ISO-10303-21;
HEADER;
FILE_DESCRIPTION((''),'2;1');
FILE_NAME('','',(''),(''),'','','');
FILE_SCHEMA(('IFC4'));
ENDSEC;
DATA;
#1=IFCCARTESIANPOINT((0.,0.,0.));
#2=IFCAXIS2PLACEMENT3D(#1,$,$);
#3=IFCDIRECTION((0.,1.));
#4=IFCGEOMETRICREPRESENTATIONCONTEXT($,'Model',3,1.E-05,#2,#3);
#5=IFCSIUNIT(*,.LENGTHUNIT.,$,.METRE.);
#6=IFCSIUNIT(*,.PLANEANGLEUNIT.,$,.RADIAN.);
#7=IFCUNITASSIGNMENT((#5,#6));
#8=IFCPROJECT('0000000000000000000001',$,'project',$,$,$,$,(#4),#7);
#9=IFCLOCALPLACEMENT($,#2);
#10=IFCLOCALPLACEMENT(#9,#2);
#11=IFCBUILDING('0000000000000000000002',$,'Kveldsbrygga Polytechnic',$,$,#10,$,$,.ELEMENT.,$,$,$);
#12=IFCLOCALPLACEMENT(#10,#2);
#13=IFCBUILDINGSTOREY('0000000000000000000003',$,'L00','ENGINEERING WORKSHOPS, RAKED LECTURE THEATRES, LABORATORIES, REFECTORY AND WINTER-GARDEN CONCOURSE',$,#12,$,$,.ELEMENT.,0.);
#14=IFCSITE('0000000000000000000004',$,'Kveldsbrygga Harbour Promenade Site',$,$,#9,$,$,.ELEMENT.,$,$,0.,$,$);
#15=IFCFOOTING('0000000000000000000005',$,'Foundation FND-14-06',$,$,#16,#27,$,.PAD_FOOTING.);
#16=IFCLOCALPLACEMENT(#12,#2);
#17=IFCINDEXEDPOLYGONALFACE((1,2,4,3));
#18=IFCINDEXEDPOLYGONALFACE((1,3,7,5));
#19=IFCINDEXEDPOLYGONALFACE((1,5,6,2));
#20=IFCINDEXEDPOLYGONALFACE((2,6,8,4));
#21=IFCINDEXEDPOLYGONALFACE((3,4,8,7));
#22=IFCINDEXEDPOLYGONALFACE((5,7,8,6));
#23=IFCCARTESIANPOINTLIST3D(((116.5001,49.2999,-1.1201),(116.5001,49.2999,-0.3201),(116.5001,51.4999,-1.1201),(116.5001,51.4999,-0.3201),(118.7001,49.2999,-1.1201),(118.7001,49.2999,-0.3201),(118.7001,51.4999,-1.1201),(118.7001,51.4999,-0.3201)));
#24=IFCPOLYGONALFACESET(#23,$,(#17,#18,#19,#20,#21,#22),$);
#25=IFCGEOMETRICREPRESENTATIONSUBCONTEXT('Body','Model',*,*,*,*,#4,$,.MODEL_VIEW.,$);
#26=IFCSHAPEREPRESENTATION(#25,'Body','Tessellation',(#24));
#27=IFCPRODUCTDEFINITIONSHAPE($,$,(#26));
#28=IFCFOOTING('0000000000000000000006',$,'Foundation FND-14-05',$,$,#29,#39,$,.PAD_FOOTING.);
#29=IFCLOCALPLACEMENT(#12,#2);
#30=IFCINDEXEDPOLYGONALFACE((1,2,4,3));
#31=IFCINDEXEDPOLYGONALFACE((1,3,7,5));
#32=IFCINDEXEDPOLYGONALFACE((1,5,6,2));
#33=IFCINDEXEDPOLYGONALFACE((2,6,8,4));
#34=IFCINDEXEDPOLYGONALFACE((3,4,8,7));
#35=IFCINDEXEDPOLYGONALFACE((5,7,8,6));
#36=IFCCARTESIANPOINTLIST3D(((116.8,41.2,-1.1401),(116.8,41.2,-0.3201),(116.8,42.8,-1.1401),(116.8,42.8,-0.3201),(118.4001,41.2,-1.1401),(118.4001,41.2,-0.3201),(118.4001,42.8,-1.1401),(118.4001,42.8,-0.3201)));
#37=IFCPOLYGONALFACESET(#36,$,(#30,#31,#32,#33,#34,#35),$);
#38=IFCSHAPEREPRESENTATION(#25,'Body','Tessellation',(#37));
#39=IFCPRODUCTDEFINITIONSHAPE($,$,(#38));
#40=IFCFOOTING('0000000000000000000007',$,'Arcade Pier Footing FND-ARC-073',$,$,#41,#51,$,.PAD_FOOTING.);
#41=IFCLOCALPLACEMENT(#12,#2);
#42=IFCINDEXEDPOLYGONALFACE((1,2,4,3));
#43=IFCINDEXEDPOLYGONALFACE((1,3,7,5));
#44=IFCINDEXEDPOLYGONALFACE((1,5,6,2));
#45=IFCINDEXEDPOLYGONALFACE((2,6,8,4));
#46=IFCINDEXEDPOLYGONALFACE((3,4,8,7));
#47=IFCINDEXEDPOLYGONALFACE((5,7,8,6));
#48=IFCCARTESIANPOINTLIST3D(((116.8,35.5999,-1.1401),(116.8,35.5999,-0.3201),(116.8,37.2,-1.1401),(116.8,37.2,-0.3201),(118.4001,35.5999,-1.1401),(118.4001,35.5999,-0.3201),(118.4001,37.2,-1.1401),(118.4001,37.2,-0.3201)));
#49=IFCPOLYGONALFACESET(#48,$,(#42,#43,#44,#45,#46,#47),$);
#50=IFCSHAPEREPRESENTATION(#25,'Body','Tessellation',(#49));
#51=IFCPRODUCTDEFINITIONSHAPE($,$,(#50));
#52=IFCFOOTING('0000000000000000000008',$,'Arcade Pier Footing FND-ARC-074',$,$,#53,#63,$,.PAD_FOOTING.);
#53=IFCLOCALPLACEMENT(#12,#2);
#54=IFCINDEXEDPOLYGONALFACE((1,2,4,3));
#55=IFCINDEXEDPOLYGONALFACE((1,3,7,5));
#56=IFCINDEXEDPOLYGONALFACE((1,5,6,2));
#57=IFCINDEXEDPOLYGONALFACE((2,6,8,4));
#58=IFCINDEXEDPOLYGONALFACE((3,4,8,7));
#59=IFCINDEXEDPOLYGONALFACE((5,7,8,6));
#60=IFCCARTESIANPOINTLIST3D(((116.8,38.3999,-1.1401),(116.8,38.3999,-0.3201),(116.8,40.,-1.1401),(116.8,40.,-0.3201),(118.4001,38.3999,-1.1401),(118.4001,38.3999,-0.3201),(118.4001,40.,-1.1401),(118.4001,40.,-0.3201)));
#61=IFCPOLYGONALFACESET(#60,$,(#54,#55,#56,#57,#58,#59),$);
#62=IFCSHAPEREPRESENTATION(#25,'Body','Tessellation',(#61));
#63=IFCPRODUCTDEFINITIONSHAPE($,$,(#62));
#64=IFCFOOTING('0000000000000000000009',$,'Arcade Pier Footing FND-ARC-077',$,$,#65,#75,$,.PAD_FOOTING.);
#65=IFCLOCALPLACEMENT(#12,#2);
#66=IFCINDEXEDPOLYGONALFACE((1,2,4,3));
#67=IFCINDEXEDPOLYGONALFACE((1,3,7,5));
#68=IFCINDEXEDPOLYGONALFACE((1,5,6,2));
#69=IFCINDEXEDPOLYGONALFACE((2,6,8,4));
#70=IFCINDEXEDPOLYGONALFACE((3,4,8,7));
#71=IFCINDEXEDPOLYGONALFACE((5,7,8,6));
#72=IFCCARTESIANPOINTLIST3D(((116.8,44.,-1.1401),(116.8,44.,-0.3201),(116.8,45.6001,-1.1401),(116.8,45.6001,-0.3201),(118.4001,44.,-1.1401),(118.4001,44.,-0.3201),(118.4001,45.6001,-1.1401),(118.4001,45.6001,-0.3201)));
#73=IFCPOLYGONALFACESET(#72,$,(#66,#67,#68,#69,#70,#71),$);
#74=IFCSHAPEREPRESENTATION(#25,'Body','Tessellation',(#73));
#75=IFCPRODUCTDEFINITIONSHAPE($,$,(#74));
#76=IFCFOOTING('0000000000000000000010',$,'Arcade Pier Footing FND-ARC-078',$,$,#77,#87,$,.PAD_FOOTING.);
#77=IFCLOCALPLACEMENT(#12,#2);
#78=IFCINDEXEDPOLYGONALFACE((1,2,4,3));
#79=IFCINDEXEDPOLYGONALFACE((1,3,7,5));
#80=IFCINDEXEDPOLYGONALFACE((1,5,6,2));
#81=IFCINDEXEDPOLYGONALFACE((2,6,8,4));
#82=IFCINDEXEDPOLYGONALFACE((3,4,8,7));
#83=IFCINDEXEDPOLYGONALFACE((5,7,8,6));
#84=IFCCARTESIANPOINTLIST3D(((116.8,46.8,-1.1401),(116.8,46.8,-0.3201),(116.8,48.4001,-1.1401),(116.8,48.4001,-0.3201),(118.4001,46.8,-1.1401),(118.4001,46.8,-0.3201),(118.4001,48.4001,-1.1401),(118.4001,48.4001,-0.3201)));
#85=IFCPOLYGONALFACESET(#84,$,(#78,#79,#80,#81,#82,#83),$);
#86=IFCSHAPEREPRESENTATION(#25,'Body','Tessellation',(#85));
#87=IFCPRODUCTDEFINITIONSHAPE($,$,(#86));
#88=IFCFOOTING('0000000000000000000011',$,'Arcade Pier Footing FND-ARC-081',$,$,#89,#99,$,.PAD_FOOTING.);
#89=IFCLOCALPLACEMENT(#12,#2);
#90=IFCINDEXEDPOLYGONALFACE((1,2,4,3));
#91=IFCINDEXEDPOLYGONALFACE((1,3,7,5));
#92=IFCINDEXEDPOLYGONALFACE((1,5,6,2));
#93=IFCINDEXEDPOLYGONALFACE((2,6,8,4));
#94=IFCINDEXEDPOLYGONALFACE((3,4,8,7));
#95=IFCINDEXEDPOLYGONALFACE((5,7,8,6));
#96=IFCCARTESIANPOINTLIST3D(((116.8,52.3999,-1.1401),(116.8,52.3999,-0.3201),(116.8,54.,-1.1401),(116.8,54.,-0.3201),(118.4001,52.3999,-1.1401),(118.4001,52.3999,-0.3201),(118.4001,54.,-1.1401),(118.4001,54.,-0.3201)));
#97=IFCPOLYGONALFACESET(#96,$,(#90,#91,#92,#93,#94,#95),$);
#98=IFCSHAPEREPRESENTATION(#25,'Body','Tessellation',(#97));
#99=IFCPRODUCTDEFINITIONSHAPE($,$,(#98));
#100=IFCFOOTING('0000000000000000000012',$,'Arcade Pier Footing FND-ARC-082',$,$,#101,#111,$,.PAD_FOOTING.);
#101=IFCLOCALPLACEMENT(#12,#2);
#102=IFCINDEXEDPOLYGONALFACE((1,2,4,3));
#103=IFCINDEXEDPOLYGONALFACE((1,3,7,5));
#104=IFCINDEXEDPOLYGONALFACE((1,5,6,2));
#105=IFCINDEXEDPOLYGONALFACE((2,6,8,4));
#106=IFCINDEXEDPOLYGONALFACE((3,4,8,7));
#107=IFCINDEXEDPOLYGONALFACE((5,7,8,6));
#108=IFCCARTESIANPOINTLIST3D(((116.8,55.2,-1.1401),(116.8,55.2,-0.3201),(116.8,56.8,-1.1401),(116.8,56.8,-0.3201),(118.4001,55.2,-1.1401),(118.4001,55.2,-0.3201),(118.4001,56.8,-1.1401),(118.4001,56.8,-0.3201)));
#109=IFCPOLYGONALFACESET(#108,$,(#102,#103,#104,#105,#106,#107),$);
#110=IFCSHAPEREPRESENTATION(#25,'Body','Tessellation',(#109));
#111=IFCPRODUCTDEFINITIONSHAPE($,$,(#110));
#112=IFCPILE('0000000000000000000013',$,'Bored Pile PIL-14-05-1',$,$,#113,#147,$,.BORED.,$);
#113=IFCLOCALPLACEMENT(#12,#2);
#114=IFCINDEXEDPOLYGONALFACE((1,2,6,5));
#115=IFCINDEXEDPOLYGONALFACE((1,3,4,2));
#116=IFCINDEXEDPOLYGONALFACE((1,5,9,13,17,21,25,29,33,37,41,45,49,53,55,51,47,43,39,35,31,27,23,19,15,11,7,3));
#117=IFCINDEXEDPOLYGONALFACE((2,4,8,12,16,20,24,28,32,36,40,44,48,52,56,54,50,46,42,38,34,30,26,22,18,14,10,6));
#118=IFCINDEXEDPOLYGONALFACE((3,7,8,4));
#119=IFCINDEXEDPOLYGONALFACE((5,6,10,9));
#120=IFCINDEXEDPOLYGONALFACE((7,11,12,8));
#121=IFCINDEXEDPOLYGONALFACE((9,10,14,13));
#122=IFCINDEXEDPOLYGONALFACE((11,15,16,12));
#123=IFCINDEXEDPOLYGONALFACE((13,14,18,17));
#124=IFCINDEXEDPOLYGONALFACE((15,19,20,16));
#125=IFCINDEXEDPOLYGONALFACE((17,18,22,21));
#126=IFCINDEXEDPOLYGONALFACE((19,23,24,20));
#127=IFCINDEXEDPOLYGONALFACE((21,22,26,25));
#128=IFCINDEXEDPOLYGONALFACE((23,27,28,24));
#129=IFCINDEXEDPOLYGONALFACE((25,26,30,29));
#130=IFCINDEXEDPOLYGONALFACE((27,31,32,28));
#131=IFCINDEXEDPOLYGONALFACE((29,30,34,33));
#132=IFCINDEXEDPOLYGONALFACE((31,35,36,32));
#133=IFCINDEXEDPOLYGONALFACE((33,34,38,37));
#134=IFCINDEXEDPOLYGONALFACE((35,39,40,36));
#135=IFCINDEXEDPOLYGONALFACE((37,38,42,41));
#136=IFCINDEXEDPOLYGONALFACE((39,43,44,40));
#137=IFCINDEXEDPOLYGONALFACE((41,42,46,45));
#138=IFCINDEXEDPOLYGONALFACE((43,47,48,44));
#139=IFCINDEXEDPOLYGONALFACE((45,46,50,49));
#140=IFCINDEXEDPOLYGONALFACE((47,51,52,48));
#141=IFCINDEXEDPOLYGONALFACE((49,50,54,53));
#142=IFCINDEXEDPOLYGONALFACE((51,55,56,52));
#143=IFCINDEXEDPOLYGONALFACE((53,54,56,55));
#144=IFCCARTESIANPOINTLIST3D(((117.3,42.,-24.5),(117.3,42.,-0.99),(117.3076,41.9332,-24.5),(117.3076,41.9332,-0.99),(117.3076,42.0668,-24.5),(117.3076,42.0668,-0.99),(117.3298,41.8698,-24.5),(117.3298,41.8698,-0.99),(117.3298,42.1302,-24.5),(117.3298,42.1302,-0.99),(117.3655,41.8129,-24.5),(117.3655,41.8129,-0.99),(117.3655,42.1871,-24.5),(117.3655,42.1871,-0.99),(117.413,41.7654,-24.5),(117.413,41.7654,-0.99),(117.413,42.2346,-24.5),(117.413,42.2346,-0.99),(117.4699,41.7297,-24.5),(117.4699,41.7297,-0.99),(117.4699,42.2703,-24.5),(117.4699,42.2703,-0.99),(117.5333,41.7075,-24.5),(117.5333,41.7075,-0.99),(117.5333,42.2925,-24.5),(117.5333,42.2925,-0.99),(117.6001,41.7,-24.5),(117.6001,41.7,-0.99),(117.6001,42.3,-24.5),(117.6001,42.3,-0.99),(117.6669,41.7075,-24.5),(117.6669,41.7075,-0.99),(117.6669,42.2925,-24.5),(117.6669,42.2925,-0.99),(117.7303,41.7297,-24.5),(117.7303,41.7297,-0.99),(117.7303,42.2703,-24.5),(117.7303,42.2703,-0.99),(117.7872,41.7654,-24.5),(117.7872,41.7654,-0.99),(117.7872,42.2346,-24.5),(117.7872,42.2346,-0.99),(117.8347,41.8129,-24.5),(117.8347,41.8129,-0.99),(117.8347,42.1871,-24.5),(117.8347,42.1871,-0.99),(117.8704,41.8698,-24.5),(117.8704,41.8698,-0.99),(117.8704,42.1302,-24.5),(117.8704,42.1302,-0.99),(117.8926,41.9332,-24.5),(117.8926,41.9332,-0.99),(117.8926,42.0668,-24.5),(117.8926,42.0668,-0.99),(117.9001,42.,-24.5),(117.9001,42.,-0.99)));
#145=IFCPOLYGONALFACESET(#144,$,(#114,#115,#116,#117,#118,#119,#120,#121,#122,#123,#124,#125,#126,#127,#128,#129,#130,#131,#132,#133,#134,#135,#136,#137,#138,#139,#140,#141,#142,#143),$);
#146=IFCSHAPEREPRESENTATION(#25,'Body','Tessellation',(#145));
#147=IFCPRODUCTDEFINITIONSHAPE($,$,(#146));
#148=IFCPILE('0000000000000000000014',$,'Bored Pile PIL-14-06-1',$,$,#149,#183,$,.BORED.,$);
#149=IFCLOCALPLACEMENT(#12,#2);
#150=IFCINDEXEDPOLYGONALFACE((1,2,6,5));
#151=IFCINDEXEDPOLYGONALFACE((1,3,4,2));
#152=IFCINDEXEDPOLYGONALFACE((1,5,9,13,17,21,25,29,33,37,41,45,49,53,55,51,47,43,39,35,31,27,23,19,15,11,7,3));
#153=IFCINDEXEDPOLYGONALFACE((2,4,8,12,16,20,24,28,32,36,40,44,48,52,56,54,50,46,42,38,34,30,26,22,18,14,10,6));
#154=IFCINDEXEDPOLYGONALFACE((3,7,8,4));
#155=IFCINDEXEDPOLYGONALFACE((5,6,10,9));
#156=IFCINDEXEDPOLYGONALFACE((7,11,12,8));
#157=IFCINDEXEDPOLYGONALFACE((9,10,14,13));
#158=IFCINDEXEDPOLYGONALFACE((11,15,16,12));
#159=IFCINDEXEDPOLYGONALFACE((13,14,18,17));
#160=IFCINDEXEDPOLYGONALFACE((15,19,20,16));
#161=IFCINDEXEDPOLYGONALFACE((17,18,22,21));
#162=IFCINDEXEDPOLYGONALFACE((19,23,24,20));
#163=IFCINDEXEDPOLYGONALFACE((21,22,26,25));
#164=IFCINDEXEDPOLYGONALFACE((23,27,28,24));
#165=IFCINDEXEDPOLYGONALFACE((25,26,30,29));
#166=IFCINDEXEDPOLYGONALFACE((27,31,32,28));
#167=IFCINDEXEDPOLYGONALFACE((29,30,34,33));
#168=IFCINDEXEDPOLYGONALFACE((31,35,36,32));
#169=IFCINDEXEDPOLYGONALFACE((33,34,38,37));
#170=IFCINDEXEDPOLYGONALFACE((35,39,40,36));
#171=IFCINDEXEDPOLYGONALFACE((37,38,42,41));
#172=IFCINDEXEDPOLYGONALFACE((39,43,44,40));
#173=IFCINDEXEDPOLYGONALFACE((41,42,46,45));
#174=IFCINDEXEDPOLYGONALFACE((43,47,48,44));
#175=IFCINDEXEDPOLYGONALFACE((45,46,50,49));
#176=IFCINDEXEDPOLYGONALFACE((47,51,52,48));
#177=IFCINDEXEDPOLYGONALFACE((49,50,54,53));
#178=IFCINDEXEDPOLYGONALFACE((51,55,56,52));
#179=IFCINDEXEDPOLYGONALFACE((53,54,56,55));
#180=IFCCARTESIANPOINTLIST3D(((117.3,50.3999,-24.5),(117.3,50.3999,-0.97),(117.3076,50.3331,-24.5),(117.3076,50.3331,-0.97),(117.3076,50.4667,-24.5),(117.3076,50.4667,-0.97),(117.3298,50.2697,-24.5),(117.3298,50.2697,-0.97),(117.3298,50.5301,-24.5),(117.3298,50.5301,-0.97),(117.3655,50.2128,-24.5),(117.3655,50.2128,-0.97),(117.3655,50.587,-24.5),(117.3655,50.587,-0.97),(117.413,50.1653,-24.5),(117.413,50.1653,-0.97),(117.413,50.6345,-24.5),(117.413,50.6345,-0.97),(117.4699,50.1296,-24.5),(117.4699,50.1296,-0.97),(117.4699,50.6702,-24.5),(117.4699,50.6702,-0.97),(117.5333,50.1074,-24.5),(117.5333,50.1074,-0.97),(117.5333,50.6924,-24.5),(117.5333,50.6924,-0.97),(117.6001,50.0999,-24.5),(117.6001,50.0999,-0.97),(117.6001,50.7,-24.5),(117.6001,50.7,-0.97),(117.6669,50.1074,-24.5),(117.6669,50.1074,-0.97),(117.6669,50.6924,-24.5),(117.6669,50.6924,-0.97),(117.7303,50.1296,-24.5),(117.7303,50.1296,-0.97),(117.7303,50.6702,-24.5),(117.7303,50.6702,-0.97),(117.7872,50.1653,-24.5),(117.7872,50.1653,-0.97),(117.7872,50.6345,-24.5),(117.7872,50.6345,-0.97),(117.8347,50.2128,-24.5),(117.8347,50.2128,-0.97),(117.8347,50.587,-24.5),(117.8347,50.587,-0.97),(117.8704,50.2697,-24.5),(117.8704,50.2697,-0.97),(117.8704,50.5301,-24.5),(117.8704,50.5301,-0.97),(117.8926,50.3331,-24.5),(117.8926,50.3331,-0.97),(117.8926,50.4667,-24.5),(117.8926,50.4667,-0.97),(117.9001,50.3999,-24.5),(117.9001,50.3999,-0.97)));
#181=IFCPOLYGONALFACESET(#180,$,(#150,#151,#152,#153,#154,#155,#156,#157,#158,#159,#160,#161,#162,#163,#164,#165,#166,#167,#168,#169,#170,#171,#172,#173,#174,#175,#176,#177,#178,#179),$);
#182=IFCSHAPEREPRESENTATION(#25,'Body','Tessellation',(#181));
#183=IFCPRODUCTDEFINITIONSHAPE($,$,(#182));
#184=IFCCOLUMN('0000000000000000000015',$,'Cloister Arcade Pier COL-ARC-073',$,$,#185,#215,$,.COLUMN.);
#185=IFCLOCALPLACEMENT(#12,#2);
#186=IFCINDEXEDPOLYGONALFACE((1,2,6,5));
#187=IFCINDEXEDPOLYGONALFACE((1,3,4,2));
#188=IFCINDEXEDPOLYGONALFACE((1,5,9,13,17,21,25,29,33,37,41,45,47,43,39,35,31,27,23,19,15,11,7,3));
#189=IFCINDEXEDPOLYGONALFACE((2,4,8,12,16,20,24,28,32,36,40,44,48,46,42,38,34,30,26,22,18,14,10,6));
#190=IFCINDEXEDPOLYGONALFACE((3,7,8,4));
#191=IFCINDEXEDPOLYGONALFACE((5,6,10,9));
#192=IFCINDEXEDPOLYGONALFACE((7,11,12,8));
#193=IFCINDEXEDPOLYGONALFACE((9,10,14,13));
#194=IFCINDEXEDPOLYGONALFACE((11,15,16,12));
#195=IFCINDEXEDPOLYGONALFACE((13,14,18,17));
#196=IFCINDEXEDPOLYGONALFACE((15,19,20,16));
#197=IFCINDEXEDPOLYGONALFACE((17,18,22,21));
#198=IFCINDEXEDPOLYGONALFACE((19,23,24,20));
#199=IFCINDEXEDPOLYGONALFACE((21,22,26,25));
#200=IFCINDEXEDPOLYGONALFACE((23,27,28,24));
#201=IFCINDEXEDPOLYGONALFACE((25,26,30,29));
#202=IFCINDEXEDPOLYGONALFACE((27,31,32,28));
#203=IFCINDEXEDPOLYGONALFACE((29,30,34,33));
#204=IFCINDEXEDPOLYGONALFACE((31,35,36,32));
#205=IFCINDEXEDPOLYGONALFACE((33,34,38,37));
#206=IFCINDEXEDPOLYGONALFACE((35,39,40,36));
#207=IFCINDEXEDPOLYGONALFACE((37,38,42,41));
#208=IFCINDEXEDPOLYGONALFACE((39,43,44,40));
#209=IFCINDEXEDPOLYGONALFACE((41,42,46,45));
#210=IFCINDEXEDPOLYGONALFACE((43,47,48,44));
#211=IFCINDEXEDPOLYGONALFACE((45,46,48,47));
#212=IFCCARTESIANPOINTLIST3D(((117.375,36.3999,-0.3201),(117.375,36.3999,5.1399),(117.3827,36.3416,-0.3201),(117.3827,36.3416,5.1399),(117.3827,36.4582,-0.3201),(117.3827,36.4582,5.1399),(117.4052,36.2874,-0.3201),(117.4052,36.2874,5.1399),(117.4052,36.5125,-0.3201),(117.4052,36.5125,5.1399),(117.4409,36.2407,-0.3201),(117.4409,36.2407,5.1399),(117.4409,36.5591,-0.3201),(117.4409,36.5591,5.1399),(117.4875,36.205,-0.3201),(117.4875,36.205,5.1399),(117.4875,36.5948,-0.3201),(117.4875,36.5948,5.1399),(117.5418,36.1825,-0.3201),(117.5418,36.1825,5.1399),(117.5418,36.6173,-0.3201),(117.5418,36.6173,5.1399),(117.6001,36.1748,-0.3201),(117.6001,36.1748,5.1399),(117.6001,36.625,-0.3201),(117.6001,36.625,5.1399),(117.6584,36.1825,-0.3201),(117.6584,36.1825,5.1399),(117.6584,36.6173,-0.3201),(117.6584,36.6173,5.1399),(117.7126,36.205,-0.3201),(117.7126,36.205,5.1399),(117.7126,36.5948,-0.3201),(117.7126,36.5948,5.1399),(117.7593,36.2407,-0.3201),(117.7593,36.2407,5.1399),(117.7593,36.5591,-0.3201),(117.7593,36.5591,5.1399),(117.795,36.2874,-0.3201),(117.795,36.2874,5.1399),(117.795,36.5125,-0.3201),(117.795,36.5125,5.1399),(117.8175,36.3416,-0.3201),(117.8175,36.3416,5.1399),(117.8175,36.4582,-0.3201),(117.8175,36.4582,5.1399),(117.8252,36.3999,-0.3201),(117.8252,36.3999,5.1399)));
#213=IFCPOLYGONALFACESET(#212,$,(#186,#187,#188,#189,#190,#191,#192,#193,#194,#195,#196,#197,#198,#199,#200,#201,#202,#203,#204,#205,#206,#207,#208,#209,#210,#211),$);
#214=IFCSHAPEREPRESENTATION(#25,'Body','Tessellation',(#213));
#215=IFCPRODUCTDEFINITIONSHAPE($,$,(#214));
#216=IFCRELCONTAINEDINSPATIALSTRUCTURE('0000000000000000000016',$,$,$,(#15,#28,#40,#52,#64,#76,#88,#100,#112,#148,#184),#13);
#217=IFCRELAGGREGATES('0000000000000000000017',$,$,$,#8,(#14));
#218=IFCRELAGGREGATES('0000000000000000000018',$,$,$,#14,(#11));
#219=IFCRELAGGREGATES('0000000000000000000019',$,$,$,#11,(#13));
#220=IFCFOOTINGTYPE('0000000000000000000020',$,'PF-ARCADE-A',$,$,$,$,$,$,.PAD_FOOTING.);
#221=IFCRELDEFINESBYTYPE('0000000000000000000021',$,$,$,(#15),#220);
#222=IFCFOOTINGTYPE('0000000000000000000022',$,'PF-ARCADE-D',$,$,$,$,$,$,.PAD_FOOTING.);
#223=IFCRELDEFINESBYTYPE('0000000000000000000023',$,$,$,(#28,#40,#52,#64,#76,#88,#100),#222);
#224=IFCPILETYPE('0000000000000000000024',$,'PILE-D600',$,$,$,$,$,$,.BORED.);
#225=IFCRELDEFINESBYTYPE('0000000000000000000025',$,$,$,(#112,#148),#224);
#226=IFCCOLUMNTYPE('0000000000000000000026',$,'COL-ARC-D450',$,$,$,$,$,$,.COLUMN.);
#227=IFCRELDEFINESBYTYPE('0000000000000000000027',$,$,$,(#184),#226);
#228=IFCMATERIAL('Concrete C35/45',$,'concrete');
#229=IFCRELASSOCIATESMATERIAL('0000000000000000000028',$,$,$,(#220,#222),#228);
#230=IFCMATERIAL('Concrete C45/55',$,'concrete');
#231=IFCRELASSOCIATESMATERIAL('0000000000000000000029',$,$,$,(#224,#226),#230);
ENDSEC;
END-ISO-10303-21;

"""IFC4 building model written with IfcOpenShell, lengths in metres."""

from ifc_helpers import new_model, si_unit, direction, frame, origin, origin_2d, place, context, subcontext, project, spatial, rectangle, circle, extrude, material, material_profile, profile_set, type_object, element, save


model = new_model("IFC4")

# Units and contexts
model_context = context("Model", 3, precision=1e-05, world=origin(), true_north=direction((0.0, 1.0)))
body_context = subcontext(model_context, "Body", "Model", "MODEL_VIEW")
ifc_project = project(units=[si_unit("LENGTHUNIT", "METRE"), si_unit("PLANEANGLEUNIT", "RADIAN")], contexts=[model_context])

# Site, building, storey
site_placement = place(None, origin())
site = spatial("IfcSite", under=ifc_project, at=site_placement, Name="Kveldsbrygga Harbour Promenade Site", CompositionType="ELEMENT", RefElevation=0.0)
building_placement = place(site_placement, origin())
building = spatial("IfcBuilding", under=site, at=building_placement, Name="Kveldsbrygga Polytechnic", CompositionType="ELEMENT")
storey_placement = place(building_placement, origin())
storey = spatial("IfcBuildingStorey", under=building, at=storey_placement, Name="L00", Description="ENGINEERING WORKSHOPS, RAKED LECTURE THEATRES, LABORATORIES, REFECTORY AND WINTER-GARDEN CONCOURSE", CompositionType="ELEMENT", Elevation=0.0)

# Footings
ifc_material_1 = material(Name="Concrete C35/45", Category="concrete")
footing_type_1 = type_object("IfcFootingType", Name="PF-ARCADE-A", PredefinedType="PAD_FOOTING", material=ifc_material_1)
footing_placement = place(storey_placement, frame((117.6001, 50.3999, -1.1201), z_axis=(0.0, 0.0, 1.0), x_axis=(1.0, 0.0, 0.0)))
element("IfcFooting", 1, at=footing_placement, inside=storey, type_object=footing_type_1, Name="Foundation FND-14-06", PredefinedType="PAD_FOOTING", context=body_context, shape_type="SweptSolid", body=[
    extrude(rectangle(XDim=2.2, YDim=2.2, at=origin_2d()), origin(), (0.0, 0.0, 1.0), 0.8),
])
footing_type_2 = type_object("IfcFootingType", Name="PF-ARCADE-D", PredefinedType="PAD_FOOTING", material=ifc_material_1)
for number, where, z_axis, x_axis, name in (
    (2, (117.6001, 42.0, -1.1401), (0.0, 0.0, 1.0), (1.0, 0.0, 0.0), "Foundation FND-14-05"),
    (3, (117.6001, 36.3999, -1.1401), (0.0, 0.0, 1.0), (1.0, 0.0, 0.0), "Arcade Pier Footing FND-ARC-073"),
    (4, (117.6001, 39.2, -1.1401), (0.0, 0.0, 1.0), (1.0, 0.0, 0.0), "Arcade Pier Footing FND-ARC-074"),
    (5, (117.6001, 44.8, -1.1401), (0.0, 0.0, 1.0), (1.0, 0.0, 0.0), "Arcade Pier Footing FND-ARC-077"),
    (6, (117.6001, 47.6001, -1.1401), (0.0, 0.0, 1.0), (1.0, 0.0, 0.0), "Arcade Pier Footing FND-ARC-078"),
    (7, (117.6001, 53.2, -1.1401), (0.0, 0.0, 1.0), (1.0, 0.0, 0.0), "Arcade Pier Footing FND-ARC-081"),
    (8, (117.6001, 56.0, -1.1401), (0.0, 0.0, 1.0), (1.0, 0.0, 0.0), "Arcade Pier Footing FND-ARC-082"),
):
    element("IfcFooting", number, at=place(storey_placement, frame(where, z_axis=z_axis, x_axis=x_axis)), inside=storey, type_object=footing_type_2, Name=name, PredefinedType="PAD_FOOTING", context=body_context, shape_type="SweptSolid", body=[
        extrude(rectangle(XDim=1.6001, YDim=1.6001, at=origin_2d()), origin(), (0.0, 0.0, 1.0), 0.8201),
    ])

# Piles
ifc_material_2 = material(Name="Concrete C45/55", Category="concrete")
ifc_material_profile_1 = material_profile(ifc_material_2, circle(Radius=0.3, at=origin_2d()), Name="PILE D600")
ifc_profile_set_1 = profile_set([ifc_material_profile_1], Name="Concrete C45/55")
pile_type = type_object("IfcPileType", Name="PILE-D600", PredefinedType="BORED", material=ifc_profile_set_1)
pile_1_placement = place(storey_placement, frame((117.6001, 42.0, -0.99), z_axis=(0.0, 0.0, -1.0), x_axis=(1.0, 0.0, 0.0)))
element("IfcPile", 9, at=pile_1_placement, inside=storey, type_object=pile_type, Name="Bored Pile PIL-14-05-1", PredefinedType="BORED", context=body_context, shape_type="SweptSolid", body=[
    extrude(circle(Radius=0.3, at=origin_2d()), origin(), (0.0, 0.0, 1.0), 23.51),
])
pile_2_placement = place(storey_placement, frame((117.6001, 50.3999, -0.97), z_axis=(0.0, 0.0, -1.0), x_axis=(1.0, 0.0, 0.0)))
element("IfcPile", 10, at=pile_2_placement, inside=storey, type_object=pile_type, Name="Bored Pile PIL-14-06-1", PredefinedType="BORED", context=body_context, shape_type="SweptSolid", body=[
    extrude(circle(Radius=0.3, at=origin_2d()), origin(), (0.0, 0.0, 1.0), 23.53),
])

# Column
ifc_material_profile_2 = material_profile(ifc_material_2, circle(Radius=0.2251, at=origin_2d()), Name="RC D450")
ifc_profile_set_2 = profile_set([ifc_material_profile_2], Name="Concrete C45/55")
column_type_1 = type_object("IfcColumnType", Name="COL-ARC-D450", PredefinedType="COLUMN", material=ifc_profile_set_2)
for number, where, z_axis, x_axis, name in (
    (11, (117.6001, 36.3999, -0.3201), (0.0, 0.0, 1.0), (1.0, 0.0, 0.0), "Cloister Arcade Pier COL-ARC-073"),
):
    element("IfcColumn", number, at=place(storey_placement, frame(where, z_axis=z_axis, x_axis=x_axis)), inside=storey, type_object=column_type_1, Name=name, PredefinedType="COLUMN", context=body_context, shape_type="SweptSolid", body=[
        extrude(circle(Radius=0.2251, at=origin_2d()), origin(), (0.0, 0.0, 1.0), 5.46),
    ])

save(model, "model.ifc")
